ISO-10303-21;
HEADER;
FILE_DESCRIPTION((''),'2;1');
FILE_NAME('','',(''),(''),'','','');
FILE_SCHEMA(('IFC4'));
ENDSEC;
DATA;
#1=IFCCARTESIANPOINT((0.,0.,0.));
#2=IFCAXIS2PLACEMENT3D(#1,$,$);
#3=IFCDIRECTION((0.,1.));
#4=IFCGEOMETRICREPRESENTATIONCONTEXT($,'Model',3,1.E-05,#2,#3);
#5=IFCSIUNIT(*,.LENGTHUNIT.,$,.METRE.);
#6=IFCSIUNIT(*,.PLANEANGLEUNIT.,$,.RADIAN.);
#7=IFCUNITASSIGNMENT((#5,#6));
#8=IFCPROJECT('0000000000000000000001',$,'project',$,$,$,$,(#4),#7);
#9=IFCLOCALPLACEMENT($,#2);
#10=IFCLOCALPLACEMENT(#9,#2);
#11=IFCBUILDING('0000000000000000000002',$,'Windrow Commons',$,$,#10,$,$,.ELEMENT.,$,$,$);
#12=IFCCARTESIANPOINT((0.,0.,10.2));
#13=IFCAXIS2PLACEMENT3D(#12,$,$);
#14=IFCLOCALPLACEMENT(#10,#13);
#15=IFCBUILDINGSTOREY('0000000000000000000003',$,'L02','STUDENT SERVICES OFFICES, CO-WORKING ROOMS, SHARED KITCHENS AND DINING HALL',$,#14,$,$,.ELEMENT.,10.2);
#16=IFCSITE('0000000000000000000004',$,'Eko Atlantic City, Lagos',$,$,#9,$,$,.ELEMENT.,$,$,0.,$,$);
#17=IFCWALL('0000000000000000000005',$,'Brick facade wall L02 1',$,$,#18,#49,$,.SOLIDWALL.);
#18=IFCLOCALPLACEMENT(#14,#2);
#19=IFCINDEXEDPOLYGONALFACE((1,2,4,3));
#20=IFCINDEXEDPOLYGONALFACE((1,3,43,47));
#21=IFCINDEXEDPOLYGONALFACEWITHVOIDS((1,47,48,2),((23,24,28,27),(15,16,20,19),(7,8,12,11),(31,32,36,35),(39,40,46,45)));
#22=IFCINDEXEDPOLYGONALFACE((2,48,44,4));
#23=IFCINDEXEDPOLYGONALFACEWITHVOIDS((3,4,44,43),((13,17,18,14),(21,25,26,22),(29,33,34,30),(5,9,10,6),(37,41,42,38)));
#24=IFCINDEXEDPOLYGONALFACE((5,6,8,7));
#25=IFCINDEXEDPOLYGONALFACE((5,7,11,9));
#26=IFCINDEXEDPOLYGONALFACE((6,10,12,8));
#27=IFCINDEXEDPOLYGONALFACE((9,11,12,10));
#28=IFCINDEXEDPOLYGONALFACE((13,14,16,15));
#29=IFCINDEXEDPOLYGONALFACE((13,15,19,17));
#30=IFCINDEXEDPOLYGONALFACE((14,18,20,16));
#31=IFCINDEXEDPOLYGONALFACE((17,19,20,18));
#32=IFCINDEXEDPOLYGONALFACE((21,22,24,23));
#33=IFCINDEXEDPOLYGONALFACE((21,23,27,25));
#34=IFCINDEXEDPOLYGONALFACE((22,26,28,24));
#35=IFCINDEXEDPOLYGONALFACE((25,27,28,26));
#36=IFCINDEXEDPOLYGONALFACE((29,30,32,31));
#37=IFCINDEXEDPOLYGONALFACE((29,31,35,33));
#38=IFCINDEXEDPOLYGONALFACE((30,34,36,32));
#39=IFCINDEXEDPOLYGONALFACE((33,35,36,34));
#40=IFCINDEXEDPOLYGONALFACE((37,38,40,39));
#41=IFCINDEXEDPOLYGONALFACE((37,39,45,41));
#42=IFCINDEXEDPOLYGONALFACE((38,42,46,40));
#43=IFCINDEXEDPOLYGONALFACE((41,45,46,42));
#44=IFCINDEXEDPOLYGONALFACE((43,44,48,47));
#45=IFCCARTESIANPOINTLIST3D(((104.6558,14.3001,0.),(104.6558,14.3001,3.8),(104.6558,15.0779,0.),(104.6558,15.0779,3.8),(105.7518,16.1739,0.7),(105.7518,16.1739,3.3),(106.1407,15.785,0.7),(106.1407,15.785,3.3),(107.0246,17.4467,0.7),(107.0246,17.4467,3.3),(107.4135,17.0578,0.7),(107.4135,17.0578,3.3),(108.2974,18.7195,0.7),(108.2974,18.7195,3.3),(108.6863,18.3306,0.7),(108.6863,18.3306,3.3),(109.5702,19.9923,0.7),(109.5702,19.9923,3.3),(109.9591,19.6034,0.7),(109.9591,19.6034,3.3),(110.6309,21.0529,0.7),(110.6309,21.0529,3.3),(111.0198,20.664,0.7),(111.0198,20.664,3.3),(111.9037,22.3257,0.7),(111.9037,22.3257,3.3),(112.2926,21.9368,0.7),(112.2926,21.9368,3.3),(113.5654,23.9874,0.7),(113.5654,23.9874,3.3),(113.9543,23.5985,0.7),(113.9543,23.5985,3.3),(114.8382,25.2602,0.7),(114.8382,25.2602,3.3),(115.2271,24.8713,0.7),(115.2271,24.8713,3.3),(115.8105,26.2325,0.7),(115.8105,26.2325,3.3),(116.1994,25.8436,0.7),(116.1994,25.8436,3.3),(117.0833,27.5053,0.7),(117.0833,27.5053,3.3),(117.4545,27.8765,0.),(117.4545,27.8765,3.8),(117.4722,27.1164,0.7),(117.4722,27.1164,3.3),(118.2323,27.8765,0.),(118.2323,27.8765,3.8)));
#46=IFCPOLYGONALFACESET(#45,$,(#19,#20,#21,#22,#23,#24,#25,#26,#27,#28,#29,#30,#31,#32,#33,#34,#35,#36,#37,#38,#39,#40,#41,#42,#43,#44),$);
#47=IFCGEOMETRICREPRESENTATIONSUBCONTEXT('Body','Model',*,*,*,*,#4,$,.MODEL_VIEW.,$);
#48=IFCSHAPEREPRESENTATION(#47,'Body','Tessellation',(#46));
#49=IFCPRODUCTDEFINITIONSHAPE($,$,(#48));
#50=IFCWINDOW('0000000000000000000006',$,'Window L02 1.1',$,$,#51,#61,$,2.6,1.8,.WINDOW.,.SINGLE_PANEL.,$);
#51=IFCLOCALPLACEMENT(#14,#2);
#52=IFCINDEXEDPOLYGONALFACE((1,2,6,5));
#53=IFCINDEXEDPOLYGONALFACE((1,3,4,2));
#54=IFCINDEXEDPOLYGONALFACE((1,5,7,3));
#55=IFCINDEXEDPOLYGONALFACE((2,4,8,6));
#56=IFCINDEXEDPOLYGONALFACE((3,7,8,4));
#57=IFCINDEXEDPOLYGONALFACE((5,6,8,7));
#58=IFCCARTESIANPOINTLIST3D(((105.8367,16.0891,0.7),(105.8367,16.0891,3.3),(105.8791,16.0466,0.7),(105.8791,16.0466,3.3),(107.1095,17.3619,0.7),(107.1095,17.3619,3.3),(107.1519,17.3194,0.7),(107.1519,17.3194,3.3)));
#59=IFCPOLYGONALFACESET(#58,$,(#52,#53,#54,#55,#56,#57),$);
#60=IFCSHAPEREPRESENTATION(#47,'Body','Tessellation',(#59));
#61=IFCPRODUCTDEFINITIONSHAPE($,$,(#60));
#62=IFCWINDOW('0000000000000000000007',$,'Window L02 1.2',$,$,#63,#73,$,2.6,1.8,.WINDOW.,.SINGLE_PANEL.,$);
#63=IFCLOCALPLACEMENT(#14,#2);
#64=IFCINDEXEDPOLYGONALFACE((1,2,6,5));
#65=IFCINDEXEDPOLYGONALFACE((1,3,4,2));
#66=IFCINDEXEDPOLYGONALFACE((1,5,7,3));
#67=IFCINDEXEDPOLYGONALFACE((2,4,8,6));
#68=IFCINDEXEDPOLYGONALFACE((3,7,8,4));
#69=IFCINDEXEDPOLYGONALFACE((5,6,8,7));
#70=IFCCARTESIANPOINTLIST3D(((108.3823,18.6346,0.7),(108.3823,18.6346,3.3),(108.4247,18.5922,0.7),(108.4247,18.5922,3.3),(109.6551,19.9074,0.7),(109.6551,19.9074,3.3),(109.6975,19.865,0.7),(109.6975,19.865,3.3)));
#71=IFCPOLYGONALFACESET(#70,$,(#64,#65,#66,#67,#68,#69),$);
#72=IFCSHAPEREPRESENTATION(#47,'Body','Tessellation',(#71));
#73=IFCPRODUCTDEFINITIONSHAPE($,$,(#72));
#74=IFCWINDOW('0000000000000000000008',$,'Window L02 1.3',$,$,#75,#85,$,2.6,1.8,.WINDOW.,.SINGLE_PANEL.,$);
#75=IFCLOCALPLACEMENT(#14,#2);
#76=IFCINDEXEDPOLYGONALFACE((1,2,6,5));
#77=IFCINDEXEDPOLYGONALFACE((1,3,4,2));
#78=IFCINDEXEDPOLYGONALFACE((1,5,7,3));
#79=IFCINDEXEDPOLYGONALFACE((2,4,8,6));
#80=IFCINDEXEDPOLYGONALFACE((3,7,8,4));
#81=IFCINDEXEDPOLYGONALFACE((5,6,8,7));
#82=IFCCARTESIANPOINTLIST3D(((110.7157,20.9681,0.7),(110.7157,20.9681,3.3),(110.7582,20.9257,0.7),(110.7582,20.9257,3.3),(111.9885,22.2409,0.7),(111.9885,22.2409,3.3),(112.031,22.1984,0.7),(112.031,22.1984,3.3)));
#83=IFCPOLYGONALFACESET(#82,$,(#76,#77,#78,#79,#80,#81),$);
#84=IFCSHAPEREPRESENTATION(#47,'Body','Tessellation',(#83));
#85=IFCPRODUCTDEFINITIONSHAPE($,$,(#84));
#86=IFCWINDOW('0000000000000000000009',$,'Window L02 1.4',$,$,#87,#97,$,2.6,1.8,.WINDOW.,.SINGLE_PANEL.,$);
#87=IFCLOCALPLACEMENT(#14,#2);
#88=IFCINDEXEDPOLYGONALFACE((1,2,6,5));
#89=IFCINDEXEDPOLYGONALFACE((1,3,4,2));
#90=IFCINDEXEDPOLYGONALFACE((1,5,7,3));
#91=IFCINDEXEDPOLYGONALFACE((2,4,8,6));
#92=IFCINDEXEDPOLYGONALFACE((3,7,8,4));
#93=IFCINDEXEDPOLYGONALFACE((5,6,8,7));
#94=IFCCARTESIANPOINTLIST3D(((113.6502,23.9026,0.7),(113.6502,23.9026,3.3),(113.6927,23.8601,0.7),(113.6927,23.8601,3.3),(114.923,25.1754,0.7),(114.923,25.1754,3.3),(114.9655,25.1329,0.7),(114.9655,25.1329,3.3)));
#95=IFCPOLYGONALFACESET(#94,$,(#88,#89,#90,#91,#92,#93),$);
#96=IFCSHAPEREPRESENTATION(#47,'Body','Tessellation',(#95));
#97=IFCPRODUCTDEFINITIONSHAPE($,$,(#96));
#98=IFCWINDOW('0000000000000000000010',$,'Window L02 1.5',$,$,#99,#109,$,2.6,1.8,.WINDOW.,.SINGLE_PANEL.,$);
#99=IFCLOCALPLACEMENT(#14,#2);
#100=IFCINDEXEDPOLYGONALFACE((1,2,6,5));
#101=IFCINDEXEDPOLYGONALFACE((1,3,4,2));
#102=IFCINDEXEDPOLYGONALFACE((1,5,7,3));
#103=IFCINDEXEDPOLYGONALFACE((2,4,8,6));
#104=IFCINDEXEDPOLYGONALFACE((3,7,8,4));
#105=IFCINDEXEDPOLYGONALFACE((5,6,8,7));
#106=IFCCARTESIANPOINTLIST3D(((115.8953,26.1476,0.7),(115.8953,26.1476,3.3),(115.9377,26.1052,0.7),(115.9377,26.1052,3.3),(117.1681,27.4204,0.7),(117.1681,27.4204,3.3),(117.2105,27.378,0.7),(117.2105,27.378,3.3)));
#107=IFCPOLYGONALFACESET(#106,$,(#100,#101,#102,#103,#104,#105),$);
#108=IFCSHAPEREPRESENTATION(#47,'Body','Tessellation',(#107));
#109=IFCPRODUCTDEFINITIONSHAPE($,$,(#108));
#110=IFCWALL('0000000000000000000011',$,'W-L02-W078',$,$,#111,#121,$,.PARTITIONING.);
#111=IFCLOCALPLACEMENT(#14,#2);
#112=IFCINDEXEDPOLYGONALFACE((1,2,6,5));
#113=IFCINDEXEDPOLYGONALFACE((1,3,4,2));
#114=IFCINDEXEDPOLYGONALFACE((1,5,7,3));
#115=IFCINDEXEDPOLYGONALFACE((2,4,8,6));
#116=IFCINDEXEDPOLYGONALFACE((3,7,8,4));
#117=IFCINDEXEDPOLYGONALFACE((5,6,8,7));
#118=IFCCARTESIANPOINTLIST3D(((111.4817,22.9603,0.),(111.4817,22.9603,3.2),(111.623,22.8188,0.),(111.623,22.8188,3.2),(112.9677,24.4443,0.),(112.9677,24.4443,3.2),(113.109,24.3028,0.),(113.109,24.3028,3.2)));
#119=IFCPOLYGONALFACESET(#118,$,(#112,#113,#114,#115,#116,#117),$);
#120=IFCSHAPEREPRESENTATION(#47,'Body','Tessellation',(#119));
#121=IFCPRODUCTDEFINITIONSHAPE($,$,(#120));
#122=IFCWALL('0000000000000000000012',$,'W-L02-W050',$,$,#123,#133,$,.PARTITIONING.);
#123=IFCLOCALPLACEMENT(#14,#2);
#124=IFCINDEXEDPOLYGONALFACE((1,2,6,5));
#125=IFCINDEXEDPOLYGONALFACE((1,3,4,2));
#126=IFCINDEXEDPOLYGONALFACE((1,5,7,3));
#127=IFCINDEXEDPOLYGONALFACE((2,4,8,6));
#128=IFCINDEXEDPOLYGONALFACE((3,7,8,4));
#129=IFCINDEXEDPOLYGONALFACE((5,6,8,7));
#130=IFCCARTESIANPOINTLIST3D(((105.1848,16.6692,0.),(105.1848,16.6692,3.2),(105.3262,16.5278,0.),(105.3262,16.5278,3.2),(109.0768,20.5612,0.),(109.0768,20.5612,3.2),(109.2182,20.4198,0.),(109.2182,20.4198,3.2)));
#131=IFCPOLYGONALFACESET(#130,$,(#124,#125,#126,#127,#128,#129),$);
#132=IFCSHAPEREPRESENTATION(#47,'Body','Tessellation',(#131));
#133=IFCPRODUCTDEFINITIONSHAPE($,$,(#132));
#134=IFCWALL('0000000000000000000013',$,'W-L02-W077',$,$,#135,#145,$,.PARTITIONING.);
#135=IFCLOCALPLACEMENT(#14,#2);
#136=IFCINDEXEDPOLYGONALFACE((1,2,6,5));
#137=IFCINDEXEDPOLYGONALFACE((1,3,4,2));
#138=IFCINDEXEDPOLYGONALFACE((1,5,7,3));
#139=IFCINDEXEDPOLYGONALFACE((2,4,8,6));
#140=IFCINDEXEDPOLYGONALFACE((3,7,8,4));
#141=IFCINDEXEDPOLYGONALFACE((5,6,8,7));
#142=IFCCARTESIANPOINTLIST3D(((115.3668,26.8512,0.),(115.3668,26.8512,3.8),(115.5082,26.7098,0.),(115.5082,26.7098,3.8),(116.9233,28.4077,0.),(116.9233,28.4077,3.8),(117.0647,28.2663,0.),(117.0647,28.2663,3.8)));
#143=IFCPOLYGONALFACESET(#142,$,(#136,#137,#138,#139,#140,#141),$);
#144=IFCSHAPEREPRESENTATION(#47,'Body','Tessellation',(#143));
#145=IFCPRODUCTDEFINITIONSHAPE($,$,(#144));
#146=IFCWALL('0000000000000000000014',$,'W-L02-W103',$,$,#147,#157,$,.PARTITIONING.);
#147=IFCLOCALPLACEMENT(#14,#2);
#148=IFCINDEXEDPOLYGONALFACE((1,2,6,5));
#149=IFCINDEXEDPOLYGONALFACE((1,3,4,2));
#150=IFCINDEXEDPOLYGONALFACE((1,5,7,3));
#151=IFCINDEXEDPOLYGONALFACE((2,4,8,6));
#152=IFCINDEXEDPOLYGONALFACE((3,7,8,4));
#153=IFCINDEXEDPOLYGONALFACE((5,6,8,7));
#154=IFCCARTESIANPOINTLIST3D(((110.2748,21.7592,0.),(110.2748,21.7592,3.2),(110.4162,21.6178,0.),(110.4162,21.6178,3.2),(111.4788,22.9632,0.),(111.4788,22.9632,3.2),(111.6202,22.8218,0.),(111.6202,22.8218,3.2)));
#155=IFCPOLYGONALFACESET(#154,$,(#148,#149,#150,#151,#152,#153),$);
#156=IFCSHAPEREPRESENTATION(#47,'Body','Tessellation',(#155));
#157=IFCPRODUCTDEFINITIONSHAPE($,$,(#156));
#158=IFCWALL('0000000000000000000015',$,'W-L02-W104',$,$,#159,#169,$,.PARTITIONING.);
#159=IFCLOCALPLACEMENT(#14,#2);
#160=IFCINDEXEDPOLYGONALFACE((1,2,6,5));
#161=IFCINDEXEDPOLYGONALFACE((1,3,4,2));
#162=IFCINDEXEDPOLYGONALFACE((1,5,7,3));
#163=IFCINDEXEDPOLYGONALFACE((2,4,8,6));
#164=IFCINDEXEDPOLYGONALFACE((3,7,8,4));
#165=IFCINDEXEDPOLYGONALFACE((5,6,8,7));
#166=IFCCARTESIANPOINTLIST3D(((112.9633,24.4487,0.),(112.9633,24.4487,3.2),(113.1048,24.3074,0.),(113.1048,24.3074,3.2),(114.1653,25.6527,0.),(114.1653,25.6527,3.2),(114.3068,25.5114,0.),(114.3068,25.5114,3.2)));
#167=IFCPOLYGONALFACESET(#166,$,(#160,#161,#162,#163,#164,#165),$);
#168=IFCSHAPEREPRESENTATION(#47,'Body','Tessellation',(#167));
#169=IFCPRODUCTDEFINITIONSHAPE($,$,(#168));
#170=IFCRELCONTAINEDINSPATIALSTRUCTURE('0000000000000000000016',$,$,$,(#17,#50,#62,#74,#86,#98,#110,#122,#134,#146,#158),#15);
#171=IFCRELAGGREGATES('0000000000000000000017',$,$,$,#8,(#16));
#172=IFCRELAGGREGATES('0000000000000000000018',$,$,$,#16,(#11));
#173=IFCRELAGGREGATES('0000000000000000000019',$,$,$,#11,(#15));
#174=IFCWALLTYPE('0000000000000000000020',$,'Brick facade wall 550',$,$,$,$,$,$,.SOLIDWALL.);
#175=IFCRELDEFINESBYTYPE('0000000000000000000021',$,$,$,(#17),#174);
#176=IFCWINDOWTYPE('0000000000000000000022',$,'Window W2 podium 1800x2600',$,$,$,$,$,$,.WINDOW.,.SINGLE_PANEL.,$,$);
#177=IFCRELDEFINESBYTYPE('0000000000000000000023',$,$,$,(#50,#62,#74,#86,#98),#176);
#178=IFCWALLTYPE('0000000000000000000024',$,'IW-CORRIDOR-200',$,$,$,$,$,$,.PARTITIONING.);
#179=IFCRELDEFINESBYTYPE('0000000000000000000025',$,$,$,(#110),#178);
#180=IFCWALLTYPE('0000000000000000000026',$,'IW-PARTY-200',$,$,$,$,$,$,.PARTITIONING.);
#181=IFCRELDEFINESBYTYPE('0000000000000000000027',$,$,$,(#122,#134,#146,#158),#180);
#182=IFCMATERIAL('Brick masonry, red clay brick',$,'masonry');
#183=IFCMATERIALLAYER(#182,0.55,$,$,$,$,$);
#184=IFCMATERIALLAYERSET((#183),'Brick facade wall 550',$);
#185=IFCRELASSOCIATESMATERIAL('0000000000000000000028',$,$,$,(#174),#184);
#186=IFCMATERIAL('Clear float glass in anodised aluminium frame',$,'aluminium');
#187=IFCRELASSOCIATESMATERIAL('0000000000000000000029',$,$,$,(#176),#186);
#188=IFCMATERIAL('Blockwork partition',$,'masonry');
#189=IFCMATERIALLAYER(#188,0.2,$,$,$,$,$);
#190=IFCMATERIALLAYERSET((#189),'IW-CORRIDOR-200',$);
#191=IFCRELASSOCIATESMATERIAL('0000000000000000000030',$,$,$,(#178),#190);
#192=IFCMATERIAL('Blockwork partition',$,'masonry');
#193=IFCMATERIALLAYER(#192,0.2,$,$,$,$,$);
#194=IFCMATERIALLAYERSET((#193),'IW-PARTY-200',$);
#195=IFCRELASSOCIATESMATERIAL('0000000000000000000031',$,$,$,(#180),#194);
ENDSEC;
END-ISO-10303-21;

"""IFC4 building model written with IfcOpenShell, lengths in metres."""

from ifc_helpers import new_model, si_unit, direction, frame, frame_2d, origin, place, context, subcontext, project, spatial, polyline, rectangle, outline, extrude, material, layer, layer_set, type_object, element, fill, save


model = new_model("IFC4")

# Units and contexts
model_context = context("Model", 3, precision=1e-05, world=origin(), true_north=direction((0.0, 1.0)))
body_context = subcontext(model_context, "Body", "Model", "MODEL_VIEW")
ifc_project = project(units=[si_unit("LENGTHUNIT", "METRE"), si_unit("PLANEANGLEUNIT", "RADIAN")], contexts=[model_context])

# Site, building, storey
site_placement = place(None, origin())
site = spatial("IfcSite", under=ifc_project, at=site_placement, Name="Eko Atlantic City, Lagos", CompositionType="ELEMENT", RefElevation=0.0)
building_placement = place(site_placement, origin())
building = spatial("IfcBuilding", under=site, at=building_placement, Name="Windrow Commons", CompositionType="ELEMENT")
storey_placement = place(building_placement, frame((0.0, 0.0, 10.2)))
storey = spatial("IfcBuildingStorey", under=building, at=storey_placement, Name="L02", Description="STUDENT SERVICES OFFICES, CO-WORKING ROOMS, SHARED KITCHENS AND DINING HALL", CompositionType="ELEMENT", Elevation=10.2)

# Wall, openings, windows
ifc_material_1 = material(Name="Brick masonry, red clay brick", Category="masonry")
ifc_layer_1 = layer(ifc_material_1, 0.55)
ifc_layer_set_1 = layer_set([ifc_layer_1], Name="Brick facade wall 550")
wall_type_1 = type_object("IfcWallType", Name="Brick facade wall 550", PredefinedType="SOLIDWALL", material=ifc_layer_set_1)
wall_1_placement = place(storey_placement, frame((104.6558, 14.689, 0.0), z_axis=(0.0, 0.0, 1.0), x_axis=(0.707109, 0.707104, 0.0)))
wall_1 = element("IfcWall", 1, at=wall_1_placement, inside=storey, type_object=wall_type_1, Name="Brick facade wall L02 1", PredefinedType="SOLIDWALL", context=body_context, shape_type="SweptSolid", body=[
    extrude(outline(polyline([(-0.275, -0.275), (18.925, -0.275), (18.375, 0.275), (0.275, 0.275), (-0.275, -0.275)])), origin(), (0.0, 0.0, 1.0), 3.8),
])
opening_1_placement = place(wall_1_placement, frame((1.825, 0.0, 0.7)))
opening_1 = element("IfcOpeningElement", 2, at=opening_1_placement, cuts=wall_1, PredefinedType="OPENING", context=body_context, shape_type="SweptSolid", body=[
    extrude(rectangle(XDim=1.8, YDim=2.6, at=frame_2d((0.9, 1.3))), frame((0.0, 0.285, 0.0), z_axis=(0.0, -1.0, 0.0), x_axis=(1.0, 0.0, 0.0)), (0.0, 0.0, 1.0), 0.57),
])
opening_2_placement = place(wall_1_placement, frame((5.425, 0.0, 0.7)))
opening_2 = element("IfcOpeningElement", 3, at=opening_2_placement, cuts=wall_1, PredefinedType="OPENING", context=body_context, shape_type="SweptSolid", body=[
    extrude(rectangle(XDim=1.8, YDim=2.6, at=frame_2d((0.9, 1.3))), frame((0.0, 0.285, 0.0), z_axis=(0.0, -1.0, 0.0), x_axis=(1.0, 0.0, 0.0)), (0.0, 0.0, 1.0), 0.57),
])
opening_3_placement = place(wall_1_placement, frame((8.725, 0.0, 0.7)))
opening_3 = element("IfcOpeningElement", 4, at=opening_3_placement, cuts=wall_1, PredefinedType="OPENING", context=body_context, shape_type="SweptSolid", body=[
    extrude(rectangle(XDim=1.8, YDim=2.6, at=frame_2d((0.9, 1.3))), frame((0.0, 0.285, 0.0), z_axis=(0.0, -1.0, 0.0), x_axis=(1.0, 0.0, 0.0)), (0.0, 0.0, 1.0), 0.57),
])
opening_4_placement = place(wall_1_placement, frame((12.875, 0.0, 0.7)))
opening_4 = element("IfcOpeningElement", 5, at=opening_4_placement, cuts=wall_1, PredefinedType="OPENING", context=body_context, shape_type="SweptSolid", body=[
    extrude(rectangle(XDim=1.8, YDim=2.6, at=frame_2d((0.9, 1.3))), frame((0.0, 0.285, 0.0), z_axis=(0.0, -1.0, 0.0), x_axis=(1.0, 0.0, 0.0)), (0.0, 0.0, 1.0), 0.57),
])
opening_5_placement = place(wall_1_placement, frame((16.05, 0.0, 0.7)))
opening_5 = element("IfcOpeningElement", 6, at=opening_5_placement, cuts=wall_1, PredefinedType="OPENING", context=body_context, shape_type="SweptSolid", body=[
    extrude(rectangle(XDim=1.8, YDim=2.6, at=frame_2d((0.9, 1.3))), frame((0.0, 0.285, 0.0), z_axis=(0.0, -1.0, 0.0), x_axis=(1.0, 0.0, 0.0)), (0.0, 0.0, 1.0), 0.57),
])
ifc_material_2 = material(Name="Clear float glass in anodised aluminium frame", Category="aluminium")
window_type = type_object("IfcWindowType", Name="Window W2 podium 1800x2600", PartitioningType="SINGLE_PANEL", PredefinedType="WINDOW", material=ifc_material_2)
window_1_placement = place(opening_1_placement, origin())
window_1 = element("IfcWindow", 7, at=window_1_placement, inside=storey, type_object=window_type, Name="Window L02 1.1", OverallHeight=2.6, OverallWidth=1.8, PartitioningType="SINGLE_PANEL", PredefinedType="WINDOW", context=body_context, shape_type="SweptSolid", body=[
    extrude(rectangle(XDim=1.8, YDim=2.6, at=frame_2d((0.9, 1.3))), frame((0.0, 0.155, 0.0), z_axis=(0.0, -1.0, 0.0), x_axis=(1.0, 0.0, 0.0)), (0.0, 0.0, 1.0), 0.06),
])
fill(opening_1, window_1)
window_2_placement = place(opening_2_placement, origin())
window_2 = element("IfcWindow", 8, at=window_2_placement, inside=storey, type_object=window_type, Name="Window L02 1.2", OverallHeight=2.6, OverallWidth=1.8, PartitioningType="SINGLE_PANEL", PredefinedType="WINDOW", context=body_context, shape_type="SweptSolid", body=[
    extrude(rectangle(XDim=1.8, YDim=2.6, at=frame_2d((0.9, 1.3))), frame((0.0, 0.155, 0.0), z_axis=(0.0, -1.0, 0.0), x_axis=(1.0, 0.0, 0.0)), (0.0, 0.0, 1.0), 0.06),
])
fill(opening_2, window_2)
window_3_placement = place(opening_3_placement, origin())
window_3 = element("IfcWindow", 9, at=window_3_placement, inside=storey, type_object=window_type, Name="Window L02 1.3", OverallHeight=2.6, OverallWidth=1.8, PartitioningType="SINGLE_PANEL", PredefinedType="WINDOW", context=body_context, shape_type="SweptSolid", body=[
    extrude(rectangle(XDim=1.8, YDim=2.6, at=frame_2d((0.9, 1.3))), frame((0.0, 0.155, 0.0), z_axis=(0.0, -1.0, 0.0), x_axis=(1.0, 0.0, 0.0)), (0.0, 0.0, 1.0), 0.06),
])
fill(opening_3, window_3)
window_4_placement = place(opening_4_placement, origin())
window_4 = element("IfcWindow", 10, at=window_4_placement, inside=storey, type_object=window_type, Name="Window L02 1.4", OverallHeight=2.6, OverallWidth=1.8, PartitioningType="SINGLE_PANEL", PredefinedType="WINDOW", context=body_context, shape_type="SweptSolid", body=[
    extrude(rectangle(XDim=1.8, YDim=2.6, at=frame_2d((0.9, 1.3))), frame((0.0, 0.155, 0.0), z_axis=(0.0, -1.0, 0.0), x_axis=(1.0, 0.0, 0.0)), (0.0, 0.0, 1.0), 0.06),
])
fill(opening_4, window_4)
window_5_placement = place(opening_5_placement, origin())
window_5 = element("IfcWindow", 11, at=window_5_placement, inside=storey, type_object=window_type, Name="Window L02 1.5", OverallHeight=2.6, OverallWidth=1.8, PartitioningType="SINGLE_PANEL", PredefinedType="WINDOW", context=body_context, shape_type="SweptSolid", body=[
    extrude(rectangle(XDim=1.8, YDim=2.6, at=frame_2d((0.9, 1.3))), frame((0.0, 0.155, 0.0), z_axis=(0.0, -1.0, 0.0), x_axis=(1.0, 0.0, 0.0)), (0.0, 0.0, 1.0), 0.06),
])
fill(opening_5, window_5)

# Walls
ifc_material_3 = material(Name="Blockwork partition", Category="masonry")
ifc_layer_2 = layer(ifc_material_3, 0.2)
ifc_layer_set_2 = layer_set([ifc_layer_2], Name="IW-CORRIDOR-200")
wall_type_2 = type_object("IfcWallType", Name="IW-CORRIDOR-200", PredefinedType="PARTITIONING", material=ifc_layer_set_2)
wall_2_placement = place(storey_placement, frame((111.5524, 22.8896, 0.0), z_axis=(0.0, 0.0, 1.0), x_axis=(0.707583, 0.70663, 0.0)))
element("IfcWall", 12, at=wall_2_placement, inside=storey, type_object=wall_type_2, Name="W-L02-W078", PredefinedType="PARTITIONING", context=body_context, shape_type="SweptSolid", body=[
    extrude(rectangle(XDim=2.1001, YDim=0.2, at=frame_2d((1.05, 0.0))), origin(), (0.0, 0.0, 1.0), 3.2),
])
ifc_material_4 = material(Name="Blockwork partition", Category="masonry")
ifc_layer_3 = layer(ifc_material_4, 0.2)
ifc_layer_set_3 = layer_set([ifc_layer_3], Name="IW-PARTY-200")
wall_type_3 = type_object("IfcWallType", Name="IW-PARTY-200", PredefinedType="PARTITIONING", material=ifc_layer_set_3)
wall_3_placement = place(storey_placement, frame((105.2555, 16.5985, 0.0), z_axis=(0.0, 0.0, 1.0), x_axis=(0.707107, 0.707107, 0.0)))
element("IfcWall", 13, at=wall_3_placement, inside=storey, type_object=wall_type_3, Name="W-L02-W050", PredefinedType="PARTITIONING", context=body_context, shape_type="SweptSolid", body=[
    extrude(rectangle(XDim=5.5041, YDim=0.2, at=frame_2d((2.7521, 0.0))), origin(), (0.0, 0.0, 1.0), 3.2),
])
wall_4_placement = place(storey_placement, frame((115.4375, 26.7805, 0.0), z_axis=(0.0, 0.0, 1.0), x_axis=(0.707107, 0.707107, 0.0)))
element("IfcWall", 14, at=wall_4_placement, inside=storey, type_object=wall_type_3, Name="W-L02-W077", PredefinedType="PARTITIONING", context=body_context, shape_type="SweptSolid", body=[
    extrude(rectangle(XDim=2.2012, YDim=0.2, at=frame_2d((1.1006, 0.0))), origin(), (0.0, 0.0, 1.0), 3.8),
])
wall_5_placement = place(storey_placement, frame((110.3455, 21.6885, 0.0), z_axis=(0.0, 0.0, 1.0), x_axis=(0.707107, 0.707107, 0.0)))
element("IfcWall", 15, at=wall_5_placement, inside=storey, type_object=wall_type_3, Name="W-L02-W103", PredefinedType="PARTITIONING", context=body_context, shape_type="SweptSolid", body=[
    extrude(rectangle(XDim=1.7027, YDim=0.2, at=frame_2d((0.8514, 0.0))), origin(), (0.0, 0.0, 1.0), 3.2),
])
wall_6_placement = place(storey_placement, frame((113.034, 24.378, 0.0), z_axis=(0.0, 0.0, 1.0), x_axis=(0.706519, 0.707694, 0.0)))
element("IfcWall", 16, at=wall_6_placement, inside=storey, type_object=wall_type_3, Name="W-L02-W104", PredefinedType="PARTITIONING", context=body_context, shape_type="SweptSolid", body=[
    extrude(rectangle(XDim=1.7013, YDim=0.2, at=frame_2d((0.8507, 0.0))), origin(), (0.0, 0.0, 1.0), 3.2),
])

save(model, "model.ifc")
